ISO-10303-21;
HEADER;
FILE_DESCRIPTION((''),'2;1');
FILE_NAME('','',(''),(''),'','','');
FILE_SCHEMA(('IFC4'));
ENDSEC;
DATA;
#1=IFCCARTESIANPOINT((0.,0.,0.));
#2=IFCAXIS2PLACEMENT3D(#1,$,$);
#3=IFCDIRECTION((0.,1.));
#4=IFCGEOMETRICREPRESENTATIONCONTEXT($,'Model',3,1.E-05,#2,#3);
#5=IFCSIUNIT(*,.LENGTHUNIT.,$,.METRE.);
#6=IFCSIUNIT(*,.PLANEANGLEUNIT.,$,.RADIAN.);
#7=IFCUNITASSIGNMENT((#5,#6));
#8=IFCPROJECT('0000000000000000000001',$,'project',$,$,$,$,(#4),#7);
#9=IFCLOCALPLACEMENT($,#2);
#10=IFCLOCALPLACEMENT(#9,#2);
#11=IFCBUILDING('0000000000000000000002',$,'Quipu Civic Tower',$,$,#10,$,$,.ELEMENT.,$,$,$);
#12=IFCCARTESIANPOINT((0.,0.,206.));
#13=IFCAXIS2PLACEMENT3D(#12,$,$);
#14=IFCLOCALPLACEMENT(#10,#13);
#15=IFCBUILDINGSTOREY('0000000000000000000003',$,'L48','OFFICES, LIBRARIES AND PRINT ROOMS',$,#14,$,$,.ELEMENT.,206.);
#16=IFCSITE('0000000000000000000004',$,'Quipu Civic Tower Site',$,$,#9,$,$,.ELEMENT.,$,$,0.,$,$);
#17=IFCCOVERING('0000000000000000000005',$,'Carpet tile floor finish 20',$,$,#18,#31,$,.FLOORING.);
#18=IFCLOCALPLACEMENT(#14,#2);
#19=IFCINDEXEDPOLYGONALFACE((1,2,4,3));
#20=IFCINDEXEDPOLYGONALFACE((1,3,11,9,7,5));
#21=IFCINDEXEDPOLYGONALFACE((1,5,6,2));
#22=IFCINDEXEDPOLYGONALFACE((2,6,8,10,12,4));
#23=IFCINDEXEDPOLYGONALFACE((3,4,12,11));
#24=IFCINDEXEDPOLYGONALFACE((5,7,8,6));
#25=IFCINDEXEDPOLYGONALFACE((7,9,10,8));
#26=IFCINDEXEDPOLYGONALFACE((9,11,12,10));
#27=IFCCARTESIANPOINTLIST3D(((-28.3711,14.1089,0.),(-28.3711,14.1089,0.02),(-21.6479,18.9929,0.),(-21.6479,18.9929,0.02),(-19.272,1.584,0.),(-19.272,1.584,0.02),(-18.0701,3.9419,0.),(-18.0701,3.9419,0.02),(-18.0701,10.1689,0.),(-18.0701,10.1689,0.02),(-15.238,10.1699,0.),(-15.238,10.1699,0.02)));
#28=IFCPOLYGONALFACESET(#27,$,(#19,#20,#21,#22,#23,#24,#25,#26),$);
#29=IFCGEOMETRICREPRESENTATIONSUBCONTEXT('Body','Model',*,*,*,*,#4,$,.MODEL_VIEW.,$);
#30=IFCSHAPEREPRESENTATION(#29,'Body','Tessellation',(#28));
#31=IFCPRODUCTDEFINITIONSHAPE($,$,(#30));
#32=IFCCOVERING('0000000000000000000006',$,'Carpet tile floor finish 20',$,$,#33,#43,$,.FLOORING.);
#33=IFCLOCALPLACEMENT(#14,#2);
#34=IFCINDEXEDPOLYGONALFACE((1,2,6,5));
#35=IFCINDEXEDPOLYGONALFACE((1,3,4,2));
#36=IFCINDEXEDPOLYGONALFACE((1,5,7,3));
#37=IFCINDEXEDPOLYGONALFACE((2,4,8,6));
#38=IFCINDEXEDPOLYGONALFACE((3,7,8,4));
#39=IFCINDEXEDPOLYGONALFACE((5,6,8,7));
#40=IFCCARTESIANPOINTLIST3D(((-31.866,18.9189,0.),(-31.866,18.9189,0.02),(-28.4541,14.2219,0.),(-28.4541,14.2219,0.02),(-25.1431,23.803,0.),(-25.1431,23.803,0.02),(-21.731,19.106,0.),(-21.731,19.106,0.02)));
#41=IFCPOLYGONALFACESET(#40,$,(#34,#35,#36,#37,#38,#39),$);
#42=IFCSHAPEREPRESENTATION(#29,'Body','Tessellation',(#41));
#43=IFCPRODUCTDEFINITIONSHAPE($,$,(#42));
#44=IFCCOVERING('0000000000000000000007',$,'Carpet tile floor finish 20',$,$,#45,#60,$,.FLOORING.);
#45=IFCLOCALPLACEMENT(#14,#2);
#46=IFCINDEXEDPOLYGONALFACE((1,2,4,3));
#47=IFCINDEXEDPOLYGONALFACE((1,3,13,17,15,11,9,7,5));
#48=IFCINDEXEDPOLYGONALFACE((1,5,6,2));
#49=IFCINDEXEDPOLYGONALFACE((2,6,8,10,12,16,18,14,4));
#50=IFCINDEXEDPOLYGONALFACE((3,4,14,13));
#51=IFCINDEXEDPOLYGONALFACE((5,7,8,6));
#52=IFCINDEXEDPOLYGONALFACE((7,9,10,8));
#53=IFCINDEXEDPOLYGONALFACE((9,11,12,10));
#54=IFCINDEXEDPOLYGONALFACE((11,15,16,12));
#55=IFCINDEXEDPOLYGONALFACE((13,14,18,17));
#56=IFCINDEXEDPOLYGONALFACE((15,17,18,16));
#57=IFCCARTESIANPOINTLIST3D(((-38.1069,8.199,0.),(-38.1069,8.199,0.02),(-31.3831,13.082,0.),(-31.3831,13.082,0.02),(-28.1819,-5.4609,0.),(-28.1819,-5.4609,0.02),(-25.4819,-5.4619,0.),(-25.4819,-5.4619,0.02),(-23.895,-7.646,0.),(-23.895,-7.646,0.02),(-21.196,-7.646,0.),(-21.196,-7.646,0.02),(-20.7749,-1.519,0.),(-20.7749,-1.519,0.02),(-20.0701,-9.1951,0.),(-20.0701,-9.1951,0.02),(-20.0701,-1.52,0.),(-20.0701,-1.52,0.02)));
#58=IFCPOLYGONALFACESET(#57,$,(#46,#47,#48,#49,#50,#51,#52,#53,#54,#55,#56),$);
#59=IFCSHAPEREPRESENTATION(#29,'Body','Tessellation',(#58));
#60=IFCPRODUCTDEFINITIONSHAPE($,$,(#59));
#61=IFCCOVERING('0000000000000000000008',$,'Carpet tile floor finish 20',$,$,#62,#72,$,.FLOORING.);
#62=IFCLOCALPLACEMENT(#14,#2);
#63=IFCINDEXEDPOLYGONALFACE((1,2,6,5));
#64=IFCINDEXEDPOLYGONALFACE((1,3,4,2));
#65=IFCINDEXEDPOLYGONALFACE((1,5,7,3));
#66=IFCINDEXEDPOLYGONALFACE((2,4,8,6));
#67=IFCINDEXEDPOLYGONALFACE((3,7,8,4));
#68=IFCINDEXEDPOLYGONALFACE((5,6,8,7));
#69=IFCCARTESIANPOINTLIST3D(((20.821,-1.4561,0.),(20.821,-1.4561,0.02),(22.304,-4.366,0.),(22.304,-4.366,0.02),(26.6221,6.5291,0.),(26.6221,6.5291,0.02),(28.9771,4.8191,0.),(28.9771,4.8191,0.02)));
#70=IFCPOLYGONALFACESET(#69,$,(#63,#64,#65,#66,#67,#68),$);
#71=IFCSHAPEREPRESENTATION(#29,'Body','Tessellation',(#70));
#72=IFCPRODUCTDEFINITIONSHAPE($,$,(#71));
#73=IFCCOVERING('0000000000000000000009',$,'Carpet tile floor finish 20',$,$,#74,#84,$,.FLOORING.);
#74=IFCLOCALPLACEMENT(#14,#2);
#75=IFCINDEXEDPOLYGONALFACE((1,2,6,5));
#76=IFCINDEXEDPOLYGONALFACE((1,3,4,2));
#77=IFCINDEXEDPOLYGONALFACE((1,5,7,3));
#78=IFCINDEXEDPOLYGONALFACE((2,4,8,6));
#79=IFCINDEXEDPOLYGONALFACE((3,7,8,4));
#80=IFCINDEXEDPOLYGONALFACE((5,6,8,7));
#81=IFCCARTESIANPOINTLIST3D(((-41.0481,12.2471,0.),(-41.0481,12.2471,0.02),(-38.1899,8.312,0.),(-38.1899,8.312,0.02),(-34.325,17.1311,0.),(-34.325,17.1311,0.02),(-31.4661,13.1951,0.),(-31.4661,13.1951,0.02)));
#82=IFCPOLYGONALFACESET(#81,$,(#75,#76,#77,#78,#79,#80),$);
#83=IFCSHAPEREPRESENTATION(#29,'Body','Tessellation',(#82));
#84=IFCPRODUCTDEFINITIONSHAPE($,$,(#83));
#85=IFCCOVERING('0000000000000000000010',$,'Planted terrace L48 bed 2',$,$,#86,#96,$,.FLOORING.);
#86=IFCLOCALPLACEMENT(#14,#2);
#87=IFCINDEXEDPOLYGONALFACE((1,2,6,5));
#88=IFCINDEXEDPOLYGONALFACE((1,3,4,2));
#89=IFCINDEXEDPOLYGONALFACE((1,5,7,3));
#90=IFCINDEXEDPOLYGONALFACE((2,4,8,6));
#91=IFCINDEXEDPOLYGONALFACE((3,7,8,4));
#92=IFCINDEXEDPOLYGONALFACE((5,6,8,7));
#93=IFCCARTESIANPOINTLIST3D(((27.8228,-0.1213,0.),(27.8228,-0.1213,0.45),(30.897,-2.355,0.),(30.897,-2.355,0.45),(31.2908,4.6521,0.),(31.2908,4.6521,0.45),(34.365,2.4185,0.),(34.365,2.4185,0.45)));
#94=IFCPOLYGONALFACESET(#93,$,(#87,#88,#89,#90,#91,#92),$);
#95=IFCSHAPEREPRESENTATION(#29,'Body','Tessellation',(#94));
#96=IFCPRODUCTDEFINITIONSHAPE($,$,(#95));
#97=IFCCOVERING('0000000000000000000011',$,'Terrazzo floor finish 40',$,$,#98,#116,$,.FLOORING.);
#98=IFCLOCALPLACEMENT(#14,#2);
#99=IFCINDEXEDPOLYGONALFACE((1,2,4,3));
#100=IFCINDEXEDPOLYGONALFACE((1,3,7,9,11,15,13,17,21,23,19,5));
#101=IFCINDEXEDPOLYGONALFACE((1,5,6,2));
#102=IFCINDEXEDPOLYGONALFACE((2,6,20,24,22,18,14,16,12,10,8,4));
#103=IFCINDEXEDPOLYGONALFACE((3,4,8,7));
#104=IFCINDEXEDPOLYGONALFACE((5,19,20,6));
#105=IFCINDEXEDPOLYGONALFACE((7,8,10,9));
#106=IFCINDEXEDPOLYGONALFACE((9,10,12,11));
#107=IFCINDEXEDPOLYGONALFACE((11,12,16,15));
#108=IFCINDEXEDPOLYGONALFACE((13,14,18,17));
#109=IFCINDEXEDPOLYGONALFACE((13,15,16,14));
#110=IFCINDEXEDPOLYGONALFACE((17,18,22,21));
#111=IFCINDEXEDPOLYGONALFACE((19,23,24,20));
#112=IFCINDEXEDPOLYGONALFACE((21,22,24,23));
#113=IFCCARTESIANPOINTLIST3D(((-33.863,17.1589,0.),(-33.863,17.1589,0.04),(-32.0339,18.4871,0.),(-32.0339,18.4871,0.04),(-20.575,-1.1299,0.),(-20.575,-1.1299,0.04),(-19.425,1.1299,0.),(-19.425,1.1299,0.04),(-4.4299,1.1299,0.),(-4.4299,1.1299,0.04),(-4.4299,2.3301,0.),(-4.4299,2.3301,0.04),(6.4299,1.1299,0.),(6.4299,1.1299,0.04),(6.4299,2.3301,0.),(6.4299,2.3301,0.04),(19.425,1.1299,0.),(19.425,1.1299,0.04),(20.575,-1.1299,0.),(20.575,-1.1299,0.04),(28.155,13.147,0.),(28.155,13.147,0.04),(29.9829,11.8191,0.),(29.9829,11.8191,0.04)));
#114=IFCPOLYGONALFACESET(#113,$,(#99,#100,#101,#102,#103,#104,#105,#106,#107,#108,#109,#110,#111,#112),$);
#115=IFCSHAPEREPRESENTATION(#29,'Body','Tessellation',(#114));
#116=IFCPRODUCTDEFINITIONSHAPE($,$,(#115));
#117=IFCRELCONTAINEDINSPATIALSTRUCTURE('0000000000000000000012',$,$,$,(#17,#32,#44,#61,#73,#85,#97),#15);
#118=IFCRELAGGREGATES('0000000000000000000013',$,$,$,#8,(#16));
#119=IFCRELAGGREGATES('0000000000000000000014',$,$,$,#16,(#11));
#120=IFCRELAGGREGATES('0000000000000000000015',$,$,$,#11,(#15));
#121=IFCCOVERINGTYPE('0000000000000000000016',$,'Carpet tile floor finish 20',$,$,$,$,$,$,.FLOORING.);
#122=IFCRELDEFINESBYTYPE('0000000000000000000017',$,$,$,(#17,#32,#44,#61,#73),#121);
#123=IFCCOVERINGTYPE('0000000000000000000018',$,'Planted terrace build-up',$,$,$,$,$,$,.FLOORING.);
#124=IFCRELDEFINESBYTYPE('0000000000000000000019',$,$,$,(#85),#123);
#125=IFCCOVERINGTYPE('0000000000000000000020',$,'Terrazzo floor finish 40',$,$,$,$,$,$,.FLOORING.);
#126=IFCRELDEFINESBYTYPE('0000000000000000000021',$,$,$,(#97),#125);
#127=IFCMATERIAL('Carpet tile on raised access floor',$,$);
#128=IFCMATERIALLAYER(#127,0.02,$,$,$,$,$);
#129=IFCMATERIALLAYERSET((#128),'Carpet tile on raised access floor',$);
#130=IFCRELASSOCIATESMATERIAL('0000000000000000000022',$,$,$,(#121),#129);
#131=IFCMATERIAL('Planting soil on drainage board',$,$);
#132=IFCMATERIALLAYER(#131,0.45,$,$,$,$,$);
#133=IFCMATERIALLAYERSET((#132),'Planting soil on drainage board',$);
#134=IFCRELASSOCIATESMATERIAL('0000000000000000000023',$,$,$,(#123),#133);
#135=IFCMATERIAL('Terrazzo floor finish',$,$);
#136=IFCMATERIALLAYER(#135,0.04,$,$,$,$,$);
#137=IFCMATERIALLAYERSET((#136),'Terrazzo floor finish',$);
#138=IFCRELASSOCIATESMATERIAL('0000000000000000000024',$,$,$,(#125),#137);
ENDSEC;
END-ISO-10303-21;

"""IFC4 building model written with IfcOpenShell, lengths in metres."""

from ifc_helpers import new_model, si_unit, direction, frame, origin, place, context, subcontext, project, spatial, polyline, outline, extrude, material, layer, layer_set, type_object, element, save


model = new_model("IFC4")

# Units and contexts
model_context = context("Model", 3, precision=1e-05, world=origin(), true_north=direction((0.0, 1.0)))
body_context = subcontext(model_context, "Body", "Model", "MODEL_VIEW")
ifc_project = project(units=[si_unit("LENGTHUNIT", "METRE"), si_unit("PLANEANGLEUNIT", "RADIAN")], contexts=[model_context])

# Site, building, storey
site_placement = place(None, origin())
site = spatial("IfcSite", under=ifc_project, at=site_placement, Name="Quipu Civic Tower Site", CompositionType="ELEMENT", RefElevation=0.0)
building_placement = place(site_placement, origin())
building = spatial("IfcBuilding", under=site, at=building_placement, Name="Quipu Civic Tower", CompositionType="ELEMENT")
storey_placement = place(building_placement, frame((0.0, 0.0, 206.0)))
storey = spatial("IfcBuildingStorey", under=building, at=storey_placement, Name="L48", Description="OFFICES, LIBRARIES AND PRINT ROOMS", CompositionType="ELEMENT", Elevation=206.0)

# Coverings
ifc_material_1 = material(Name="Carpet tile on raised access floor")
ifc_layer_1 = layer(ifc_material_1, 0.02)
ifc_layer_set_1 = layer_set([ifc_layer_1], Name="Carpet tile on raised access floor")
covering_type_1 = type_object("IfcCoveringType", Name="Carpet tile floor finish 20", PredefinedType="FLOORING", material=ifc_layer_set_1)
covering_1_placement = place(storey_placement, origin())
element("IfcCovering", 1, at=covering_1_placement, inside=storey, type_object=covering_type_1, Name="Carpet tile floor finish 20", PredefinedType="FLOORING", context=body_context, shape_type="SweptSolid", body=[
    extrude(outline(polyline([(-28.3711, 14.1089), (-21.6479, 18.9929), (-15.238, 10.1699), (-18.0701, 10.1689), (-18.0701, 3.9419), (-19.272, 1.584), (-28.3711, 14.1089)])), origin(), (0.0, 0.0, 1.0), 0.02),
])
covering_2_placement = place(storey_placement, origin())
element("IfcCovering", 2, at=covering_2_placement, inside=storey, type_object=covering_type_1, Name="Carpet tile floor finish 20", PredefinedType="FLOORING", context=body_context, shape_type="SweptSolid", body=[
    extrude(outline(polyline([(-31.866, 18.9189), (-25.1431, 23.803), (-21.731, 19.106), (-28.4541, 14.2219), (-31.866, 18.9189)])), origin(), (0.0, 0.0, 1.0), 0.02),
])
covering_3_placement = place(storey_placement, origin())
element("IfcCovering", 3, at=covering_3_placement, inside=storey, type_object=covering_type_1, Name="Carpet tile floor finish 20", PredefinedType="FLOORING", context=body_context, shape_type="SweptSolid", body=[
    extrude(outline(polyline([(-38.1069, 8.199), (-31.3831, 13.082), (-20.7749, -1.519), (-20.0701, -1.52), (-20.0701, -9.1951), (-21.196, -7.646), (-23.895, -7.646), (-25.4819, -5.4619), (-28.1819, -5.4609), (-38.1069, 8.199)])), origin(), (0.0, 0.0, 1.0), 0.02),
])
covering_4_placement = place(storey_placement, origin())
element("IfcCovering", 4, at=covering_4_placement, inside=storey, type_object=covering_type_1, Name="Carpet tile floor finish 20", PredefinedType="FLOORING", context=body_context, shape_type="SweptSolid", body=[
    extrude(outline(polyline([(20.821, -1.4561), (26.6221, 6.5291), (28.9771, 4.8191), (22.304, -4.366), (20.821, -1.4561)])), origin(), (0.0, 0.0, 1.0), 0.02),
])
covering_5_placement = place(storey_placement, origin())
element("IfcCovering", 5, at=covering_5_placement, inside=storey, type_object=covering_type_1, Name="Carpet tile floor finish 20", PredefinedType="FLOORING", context=body_context, shape_type="SweptSolid", body=[
    extrude(outline(polyline([(-41.0481, 12.2471), (-34.325, 17.1311), (-31.4661, 13.1951), (-38.1899, 8.312), (-41.0481, 12.2471)])), origin(), (0.0, 0.0, 1.0), 0.02),
])
ifc_material_2 = material(Name="Planting soil on drainage board")
ifc_layer_2 = layer(ifc_material_2, 0.45)
ifc_layer_set_2 = layer_set([ifc_layer_2], Name="Planting soil on drainage board")
covering_type_2 = type_object("IfcCoveringType", Name="Planted terrace build-up", PredefinedType="FLOORING", material=ifc_layer_set_2)
covering_6_placement = place(storey_placement, origin())
element("IfcCovering", 6, at=covering_6_placement, inside=storey, type_object=covering_type_2, Name="Planted terrace L48 bed 2", PredefinedType="FLOORING", context=body_context, shape_type="SweptSolid", body=[
    extrude(outline(polyline([(31.2908, 4.6521), (34.365, 2.4185), (30.897, -2.355), (27.8228, -0.1213), (31.2908, 4.6521)])), origin(), (0.0, 0.0, 1.0), 0.45),
])
ifc_material_3 = material(Name="Terrazzo floor finish")
ifc_layer_3 = layer(ifc_material_3, 0.04)
ifc_layer_set_3 = layer_set([ifc_layer_3], Name="Terrazzo floor finish")
covering_type_3 = type_object("IfcCoveringType", Name="Terrazzo floor finish 40", PredefinedType="FLOORING", material=ifc_layer_set_3)
covering_7_placement = place(storey_placement, origin())
element("IfcCovering", 7, at=covering_7_placement, inside=storey, type_object=covering_type_3, Name="Terrazzo floor finish 40", PredefinedType="FLOORING", context=body_context, shape_type="SweptSolid", body=[
    extrude(outline(polyline([(19.425, 1.1299), (28.155, 13.147), (29.9829, 11.8191), (20.575, -1.1299), (-20.575, -1.1299), (-33.863, 17.1589), (-32.0339, 18.4871), (-19.425, 1.1299), (-4.4299, 1.1299), (-4.4299, 2.3301), (6.4299, 2.3301), (6.4299, 1.1299), (19.425, 1.1299)])), origin(), (0.0, 0.0, 1.0), 0.04),
])

save(model, "model.ifc")
